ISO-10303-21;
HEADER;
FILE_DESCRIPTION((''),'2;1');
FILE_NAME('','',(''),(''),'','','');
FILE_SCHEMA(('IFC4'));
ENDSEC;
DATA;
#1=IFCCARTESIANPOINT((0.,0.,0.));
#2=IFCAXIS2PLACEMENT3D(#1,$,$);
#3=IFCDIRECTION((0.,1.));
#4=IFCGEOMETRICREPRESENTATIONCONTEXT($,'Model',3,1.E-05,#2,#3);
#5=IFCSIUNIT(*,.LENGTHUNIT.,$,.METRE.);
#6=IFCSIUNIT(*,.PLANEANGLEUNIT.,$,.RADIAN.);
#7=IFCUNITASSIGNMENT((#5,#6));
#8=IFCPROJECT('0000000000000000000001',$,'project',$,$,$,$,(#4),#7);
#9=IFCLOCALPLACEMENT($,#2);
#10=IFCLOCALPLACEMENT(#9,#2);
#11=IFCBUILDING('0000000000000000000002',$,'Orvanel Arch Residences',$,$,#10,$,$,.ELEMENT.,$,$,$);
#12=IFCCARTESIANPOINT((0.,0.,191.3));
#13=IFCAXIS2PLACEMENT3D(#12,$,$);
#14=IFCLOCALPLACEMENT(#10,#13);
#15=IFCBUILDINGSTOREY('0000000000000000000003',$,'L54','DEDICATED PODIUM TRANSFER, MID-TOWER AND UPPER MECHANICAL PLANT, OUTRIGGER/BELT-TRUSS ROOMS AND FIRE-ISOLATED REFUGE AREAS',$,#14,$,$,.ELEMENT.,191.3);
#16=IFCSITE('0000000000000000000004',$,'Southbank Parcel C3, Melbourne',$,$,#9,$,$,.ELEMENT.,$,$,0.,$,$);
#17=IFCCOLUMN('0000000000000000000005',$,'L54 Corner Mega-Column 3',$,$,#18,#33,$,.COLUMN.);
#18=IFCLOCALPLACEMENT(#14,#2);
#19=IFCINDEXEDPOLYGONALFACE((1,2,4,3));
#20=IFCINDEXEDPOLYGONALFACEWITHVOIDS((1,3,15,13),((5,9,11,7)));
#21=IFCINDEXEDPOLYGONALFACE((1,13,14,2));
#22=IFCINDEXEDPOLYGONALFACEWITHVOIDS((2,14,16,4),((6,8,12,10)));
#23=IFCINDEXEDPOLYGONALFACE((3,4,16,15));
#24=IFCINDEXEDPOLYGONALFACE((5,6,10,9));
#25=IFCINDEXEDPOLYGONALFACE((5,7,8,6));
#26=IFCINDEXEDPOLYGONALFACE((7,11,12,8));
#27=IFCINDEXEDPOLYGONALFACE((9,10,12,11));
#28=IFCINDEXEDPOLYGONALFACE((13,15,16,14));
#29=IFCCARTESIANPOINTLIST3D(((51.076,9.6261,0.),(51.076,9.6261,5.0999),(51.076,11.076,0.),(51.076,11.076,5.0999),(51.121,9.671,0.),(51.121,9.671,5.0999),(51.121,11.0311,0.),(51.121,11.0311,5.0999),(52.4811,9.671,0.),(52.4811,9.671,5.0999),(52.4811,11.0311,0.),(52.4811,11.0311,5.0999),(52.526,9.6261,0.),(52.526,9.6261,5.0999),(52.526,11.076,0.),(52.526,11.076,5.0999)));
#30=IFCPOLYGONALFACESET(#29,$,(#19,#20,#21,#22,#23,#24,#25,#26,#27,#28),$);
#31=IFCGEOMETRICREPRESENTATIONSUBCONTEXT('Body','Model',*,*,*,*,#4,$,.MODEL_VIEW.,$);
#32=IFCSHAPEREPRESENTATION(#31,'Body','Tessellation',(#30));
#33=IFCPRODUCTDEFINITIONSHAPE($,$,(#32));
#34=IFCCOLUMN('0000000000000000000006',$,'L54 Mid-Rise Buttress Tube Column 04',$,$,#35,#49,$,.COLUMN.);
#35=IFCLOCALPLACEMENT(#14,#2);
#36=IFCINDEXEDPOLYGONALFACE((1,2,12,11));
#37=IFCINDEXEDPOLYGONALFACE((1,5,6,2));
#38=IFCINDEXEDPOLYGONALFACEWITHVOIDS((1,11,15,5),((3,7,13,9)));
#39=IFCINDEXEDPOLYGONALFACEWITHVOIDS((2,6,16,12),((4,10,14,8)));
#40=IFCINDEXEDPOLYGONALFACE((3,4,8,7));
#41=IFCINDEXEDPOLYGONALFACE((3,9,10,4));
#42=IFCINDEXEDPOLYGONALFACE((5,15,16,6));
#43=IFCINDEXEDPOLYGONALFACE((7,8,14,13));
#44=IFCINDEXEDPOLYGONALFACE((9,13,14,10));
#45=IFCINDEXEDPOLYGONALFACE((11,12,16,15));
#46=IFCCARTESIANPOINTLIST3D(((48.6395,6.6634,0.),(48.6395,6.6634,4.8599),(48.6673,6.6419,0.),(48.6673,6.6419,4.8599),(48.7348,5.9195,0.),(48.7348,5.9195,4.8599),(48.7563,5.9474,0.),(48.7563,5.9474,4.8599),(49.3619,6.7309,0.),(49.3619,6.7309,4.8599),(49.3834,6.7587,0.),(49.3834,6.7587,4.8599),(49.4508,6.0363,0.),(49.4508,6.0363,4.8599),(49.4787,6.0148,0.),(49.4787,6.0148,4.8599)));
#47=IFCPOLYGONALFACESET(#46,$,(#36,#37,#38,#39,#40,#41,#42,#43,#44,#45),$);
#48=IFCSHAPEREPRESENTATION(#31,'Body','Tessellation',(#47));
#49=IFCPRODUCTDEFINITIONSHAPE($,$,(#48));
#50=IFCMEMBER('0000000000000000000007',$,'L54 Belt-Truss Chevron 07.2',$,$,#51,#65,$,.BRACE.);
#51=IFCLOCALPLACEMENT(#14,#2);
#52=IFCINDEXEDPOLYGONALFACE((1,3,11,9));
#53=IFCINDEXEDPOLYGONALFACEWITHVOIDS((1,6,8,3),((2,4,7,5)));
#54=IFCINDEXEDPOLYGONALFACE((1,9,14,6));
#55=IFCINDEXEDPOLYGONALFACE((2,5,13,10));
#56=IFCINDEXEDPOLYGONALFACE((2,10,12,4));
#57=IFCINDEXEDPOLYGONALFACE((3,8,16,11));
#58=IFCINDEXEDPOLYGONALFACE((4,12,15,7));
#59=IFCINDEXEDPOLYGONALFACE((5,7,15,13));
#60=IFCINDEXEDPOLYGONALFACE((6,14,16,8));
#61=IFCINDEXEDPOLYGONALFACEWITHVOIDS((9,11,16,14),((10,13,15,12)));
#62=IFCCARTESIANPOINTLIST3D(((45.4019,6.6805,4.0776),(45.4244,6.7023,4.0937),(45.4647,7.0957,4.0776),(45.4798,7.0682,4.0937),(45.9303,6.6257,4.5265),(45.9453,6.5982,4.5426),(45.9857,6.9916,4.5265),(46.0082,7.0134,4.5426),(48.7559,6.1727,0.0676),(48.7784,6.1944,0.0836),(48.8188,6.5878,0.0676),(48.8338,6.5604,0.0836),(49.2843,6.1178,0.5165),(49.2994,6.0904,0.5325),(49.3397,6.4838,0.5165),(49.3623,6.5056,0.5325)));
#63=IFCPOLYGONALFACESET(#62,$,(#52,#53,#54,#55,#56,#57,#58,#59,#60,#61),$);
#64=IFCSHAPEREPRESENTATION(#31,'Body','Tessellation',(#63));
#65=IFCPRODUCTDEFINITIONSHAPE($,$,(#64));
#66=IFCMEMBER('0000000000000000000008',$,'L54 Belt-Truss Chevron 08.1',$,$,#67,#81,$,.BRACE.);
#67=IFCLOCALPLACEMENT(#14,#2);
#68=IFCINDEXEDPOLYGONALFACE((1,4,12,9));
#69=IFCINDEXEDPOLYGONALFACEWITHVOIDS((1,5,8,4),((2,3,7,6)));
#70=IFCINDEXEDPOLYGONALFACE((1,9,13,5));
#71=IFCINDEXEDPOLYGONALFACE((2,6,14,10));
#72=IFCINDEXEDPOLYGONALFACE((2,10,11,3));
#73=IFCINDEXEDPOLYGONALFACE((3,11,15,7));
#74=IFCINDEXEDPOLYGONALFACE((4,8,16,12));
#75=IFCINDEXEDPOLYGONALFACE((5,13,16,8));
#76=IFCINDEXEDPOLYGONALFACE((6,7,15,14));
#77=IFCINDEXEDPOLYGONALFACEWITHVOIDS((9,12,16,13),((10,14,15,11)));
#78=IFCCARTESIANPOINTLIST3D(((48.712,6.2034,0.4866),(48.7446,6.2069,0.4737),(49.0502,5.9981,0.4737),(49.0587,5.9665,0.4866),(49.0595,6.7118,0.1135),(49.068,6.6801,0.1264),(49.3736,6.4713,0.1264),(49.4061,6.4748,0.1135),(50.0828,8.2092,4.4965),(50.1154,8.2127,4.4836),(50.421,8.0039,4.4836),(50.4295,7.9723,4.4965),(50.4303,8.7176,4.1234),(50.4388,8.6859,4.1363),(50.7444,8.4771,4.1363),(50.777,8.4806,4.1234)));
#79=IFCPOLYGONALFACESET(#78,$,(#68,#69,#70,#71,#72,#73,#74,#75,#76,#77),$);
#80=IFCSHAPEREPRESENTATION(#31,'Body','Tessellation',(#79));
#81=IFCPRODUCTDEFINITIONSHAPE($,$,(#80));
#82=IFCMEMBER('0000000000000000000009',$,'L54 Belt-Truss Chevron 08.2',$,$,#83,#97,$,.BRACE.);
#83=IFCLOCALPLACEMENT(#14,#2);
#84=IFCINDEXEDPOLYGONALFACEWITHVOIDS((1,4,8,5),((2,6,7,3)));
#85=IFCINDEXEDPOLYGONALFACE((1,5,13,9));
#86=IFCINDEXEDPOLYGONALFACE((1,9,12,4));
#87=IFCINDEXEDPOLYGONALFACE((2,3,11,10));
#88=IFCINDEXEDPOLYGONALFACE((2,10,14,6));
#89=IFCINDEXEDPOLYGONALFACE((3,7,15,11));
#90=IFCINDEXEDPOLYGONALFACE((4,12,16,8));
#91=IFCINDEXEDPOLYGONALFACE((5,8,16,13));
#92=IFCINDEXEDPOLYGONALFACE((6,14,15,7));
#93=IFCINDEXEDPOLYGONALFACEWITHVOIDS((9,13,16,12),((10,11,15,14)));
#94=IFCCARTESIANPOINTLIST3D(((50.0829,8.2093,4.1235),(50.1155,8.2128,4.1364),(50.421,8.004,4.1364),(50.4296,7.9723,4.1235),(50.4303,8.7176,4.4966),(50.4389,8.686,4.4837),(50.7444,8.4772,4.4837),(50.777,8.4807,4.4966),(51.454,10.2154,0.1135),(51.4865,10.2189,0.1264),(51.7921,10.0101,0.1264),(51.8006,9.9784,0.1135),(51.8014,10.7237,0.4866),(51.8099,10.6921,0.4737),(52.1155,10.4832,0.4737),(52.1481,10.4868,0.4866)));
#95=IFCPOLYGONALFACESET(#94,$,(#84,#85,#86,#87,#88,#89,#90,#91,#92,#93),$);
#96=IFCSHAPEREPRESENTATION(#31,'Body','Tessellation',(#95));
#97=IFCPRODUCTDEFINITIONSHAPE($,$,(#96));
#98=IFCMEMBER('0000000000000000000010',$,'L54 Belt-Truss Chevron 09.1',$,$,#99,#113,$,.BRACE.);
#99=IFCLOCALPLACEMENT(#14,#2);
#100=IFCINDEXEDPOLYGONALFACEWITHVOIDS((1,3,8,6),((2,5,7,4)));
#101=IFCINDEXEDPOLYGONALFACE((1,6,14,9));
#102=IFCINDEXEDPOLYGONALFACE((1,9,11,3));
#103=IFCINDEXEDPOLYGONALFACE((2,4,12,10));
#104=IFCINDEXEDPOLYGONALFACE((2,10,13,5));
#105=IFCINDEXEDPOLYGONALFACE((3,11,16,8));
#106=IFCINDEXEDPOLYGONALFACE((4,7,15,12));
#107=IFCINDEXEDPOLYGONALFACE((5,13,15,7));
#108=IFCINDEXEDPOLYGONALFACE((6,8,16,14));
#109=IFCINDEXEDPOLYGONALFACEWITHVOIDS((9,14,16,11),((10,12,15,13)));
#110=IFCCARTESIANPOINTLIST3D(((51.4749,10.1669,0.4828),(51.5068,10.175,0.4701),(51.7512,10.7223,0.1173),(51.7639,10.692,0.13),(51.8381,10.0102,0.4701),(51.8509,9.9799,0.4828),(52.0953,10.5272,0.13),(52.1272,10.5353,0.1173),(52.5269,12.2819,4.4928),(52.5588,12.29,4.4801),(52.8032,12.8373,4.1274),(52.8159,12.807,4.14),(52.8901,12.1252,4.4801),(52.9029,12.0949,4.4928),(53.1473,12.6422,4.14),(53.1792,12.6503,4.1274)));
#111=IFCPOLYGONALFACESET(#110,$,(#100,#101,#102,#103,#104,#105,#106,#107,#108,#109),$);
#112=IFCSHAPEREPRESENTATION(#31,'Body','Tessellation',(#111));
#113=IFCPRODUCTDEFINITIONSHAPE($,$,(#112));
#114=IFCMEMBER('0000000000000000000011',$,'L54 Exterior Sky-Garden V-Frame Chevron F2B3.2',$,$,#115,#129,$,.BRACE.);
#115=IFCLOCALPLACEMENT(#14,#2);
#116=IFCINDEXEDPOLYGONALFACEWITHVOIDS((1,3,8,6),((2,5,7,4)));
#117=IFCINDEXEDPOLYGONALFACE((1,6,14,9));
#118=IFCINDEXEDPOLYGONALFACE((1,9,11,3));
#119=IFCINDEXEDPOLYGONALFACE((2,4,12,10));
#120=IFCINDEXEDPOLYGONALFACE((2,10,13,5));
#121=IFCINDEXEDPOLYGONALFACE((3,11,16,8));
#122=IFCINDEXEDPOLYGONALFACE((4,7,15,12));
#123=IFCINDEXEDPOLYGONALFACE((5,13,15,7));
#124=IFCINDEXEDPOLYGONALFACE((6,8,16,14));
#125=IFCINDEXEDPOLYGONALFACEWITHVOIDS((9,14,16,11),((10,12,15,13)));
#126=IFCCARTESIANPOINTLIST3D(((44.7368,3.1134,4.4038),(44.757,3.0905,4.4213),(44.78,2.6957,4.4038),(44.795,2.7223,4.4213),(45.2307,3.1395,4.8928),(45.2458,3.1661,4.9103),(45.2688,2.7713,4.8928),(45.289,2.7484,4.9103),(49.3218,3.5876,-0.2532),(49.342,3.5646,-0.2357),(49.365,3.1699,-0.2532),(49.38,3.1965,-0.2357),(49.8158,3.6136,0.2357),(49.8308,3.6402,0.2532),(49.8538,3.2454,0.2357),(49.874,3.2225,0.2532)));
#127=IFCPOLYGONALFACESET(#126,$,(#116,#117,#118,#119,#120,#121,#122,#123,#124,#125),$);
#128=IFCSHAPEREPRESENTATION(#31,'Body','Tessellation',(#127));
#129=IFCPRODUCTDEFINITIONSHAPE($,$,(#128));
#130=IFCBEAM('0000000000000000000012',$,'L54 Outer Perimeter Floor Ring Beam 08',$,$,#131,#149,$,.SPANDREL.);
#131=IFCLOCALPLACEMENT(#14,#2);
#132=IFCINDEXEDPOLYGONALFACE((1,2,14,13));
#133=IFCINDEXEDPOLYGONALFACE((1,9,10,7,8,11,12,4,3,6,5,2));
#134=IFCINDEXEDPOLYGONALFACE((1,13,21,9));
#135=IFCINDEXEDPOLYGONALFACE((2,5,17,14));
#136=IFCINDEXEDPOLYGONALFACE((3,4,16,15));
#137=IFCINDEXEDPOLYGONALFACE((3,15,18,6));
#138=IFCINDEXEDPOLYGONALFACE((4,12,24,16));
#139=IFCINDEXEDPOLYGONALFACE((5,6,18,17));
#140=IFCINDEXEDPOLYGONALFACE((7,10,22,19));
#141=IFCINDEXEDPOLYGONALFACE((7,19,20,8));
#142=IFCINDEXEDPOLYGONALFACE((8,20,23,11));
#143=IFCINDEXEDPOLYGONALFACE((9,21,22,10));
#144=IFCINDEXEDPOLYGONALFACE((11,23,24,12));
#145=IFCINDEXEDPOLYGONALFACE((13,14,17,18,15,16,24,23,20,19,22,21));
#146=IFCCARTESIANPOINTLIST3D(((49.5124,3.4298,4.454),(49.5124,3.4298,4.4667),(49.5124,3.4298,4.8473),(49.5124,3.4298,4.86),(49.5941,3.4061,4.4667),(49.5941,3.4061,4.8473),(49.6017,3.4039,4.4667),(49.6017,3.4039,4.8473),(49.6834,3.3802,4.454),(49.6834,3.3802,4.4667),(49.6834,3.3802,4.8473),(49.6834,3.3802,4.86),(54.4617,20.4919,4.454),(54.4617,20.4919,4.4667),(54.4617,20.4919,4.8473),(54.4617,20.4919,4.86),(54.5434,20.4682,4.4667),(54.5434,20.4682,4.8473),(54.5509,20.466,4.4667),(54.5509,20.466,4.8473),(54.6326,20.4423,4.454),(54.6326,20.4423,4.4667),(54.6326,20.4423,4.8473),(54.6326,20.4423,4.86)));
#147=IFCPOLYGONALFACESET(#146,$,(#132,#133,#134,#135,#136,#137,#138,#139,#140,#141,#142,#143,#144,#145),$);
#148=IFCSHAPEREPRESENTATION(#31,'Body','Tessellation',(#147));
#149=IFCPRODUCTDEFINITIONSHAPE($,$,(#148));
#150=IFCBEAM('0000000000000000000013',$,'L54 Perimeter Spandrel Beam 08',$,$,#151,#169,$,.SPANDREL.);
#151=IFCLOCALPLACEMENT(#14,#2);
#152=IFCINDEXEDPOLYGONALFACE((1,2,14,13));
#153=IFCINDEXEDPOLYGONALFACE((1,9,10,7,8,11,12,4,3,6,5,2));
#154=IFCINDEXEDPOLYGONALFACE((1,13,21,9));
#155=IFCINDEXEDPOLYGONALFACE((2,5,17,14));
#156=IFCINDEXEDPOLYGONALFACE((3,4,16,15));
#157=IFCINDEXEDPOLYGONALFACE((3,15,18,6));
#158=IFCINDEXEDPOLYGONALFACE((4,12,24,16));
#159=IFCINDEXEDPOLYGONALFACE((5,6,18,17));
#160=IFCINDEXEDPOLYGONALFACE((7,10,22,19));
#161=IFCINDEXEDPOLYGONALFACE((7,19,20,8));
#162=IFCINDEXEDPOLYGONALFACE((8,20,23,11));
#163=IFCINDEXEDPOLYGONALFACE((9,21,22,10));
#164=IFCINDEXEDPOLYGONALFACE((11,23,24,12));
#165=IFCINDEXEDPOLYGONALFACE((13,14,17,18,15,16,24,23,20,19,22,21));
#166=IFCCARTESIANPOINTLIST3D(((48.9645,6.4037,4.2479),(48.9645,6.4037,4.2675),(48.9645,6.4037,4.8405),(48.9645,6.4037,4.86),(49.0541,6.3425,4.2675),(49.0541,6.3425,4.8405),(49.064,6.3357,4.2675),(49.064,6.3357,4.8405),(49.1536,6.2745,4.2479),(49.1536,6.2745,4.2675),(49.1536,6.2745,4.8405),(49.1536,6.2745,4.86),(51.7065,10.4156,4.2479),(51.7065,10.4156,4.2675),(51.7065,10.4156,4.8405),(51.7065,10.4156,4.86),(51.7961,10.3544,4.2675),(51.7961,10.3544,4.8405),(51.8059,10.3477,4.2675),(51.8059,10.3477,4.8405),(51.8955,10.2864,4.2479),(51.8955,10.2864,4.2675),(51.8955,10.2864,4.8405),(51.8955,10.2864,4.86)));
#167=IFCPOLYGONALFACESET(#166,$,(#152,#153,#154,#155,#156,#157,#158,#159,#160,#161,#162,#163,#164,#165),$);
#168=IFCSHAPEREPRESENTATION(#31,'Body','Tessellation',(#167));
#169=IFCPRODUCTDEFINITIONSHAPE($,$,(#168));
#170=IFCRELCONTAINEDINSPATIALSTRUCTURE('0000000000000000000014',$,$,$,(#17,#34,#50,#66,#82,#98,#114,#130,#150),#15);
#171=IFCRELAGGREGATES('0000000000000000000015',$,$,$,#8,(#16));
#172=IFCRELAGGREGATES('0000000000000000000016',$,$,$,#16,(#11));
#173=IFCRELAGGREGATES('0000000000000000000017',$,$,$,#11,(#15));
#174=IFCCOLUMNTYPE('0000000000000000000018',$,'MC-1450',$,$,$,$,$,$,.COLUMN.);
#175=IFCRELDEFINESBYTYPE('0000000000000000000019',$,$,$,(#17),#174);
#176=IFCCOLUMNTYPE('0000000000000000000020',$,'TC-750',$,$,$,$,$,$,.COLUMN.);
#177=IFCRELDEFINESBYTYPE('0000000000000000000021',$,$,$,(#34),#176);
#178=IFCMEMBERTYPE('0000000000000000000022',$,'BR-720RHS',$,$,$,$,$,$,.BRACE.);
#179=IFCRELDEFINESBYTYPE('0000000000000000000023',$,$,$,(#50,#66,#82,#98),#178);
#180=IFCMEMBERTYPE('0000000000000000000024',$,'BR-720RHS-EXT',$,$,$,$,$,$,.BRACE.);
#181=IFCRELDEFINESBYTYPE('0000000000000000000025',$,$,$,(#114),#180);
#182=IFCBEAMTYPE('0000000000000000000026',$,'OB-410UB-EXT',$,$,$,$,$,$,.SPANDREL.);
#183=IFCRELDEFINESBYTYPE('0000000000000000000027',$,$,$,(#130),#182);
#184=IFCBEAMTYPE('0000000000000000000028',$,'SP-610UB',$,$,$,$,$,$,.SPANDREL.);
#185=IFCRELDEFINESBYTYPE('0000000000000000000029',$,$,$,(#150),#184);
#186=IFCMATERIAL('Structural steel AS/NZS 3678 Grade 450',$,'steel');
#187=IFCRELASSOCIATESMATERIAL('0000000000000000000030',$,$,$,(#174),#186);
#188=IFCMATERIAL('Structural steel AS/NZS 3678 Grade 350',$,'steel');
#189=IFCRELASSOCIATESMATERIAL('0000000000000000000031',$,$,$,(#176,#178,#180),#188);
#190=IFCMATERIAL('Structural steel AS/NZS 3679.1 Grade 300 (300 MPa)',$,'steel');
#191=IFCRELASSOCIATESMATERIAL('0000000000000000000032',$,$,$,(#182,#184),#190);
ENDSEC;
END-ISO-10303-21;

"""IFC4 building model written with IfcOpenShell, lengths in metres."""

from ifc_helpers import new_model, si_unit, direction, frame, origin, origin_2d, place, context, subcontext, project, spatial, hollow_rectangle, i_section, extrude, material, material_profile, profile_set, type_object, element, save


model = new_model("IFC4")

# Units and contexts
model_context = context("Model", 3, precision=1e-05, world=origin(), true_north=direction((0.0, 1.0)))
body_context = subcontext(model_context, "Body", "Model", "MODEL_VIEW")
ifc_project = project(units=[si_unit("LENGTHUNIT", "METRE"), si_unit("PLANEANGLEUNIT", "RADIAN")], contexts=[model_context])

# Site, building, storey
site_placement = place(None, origin())
site = spatial("IfcSite", under=ifc_project, at=site_placement, Name="Southbank Parcel C3, Melbourne", CompositionType="ELEMENT", RefElevation=0.0)
building_placement = place(site_placement, origin())
building = spatial("IfcBuilding", under=site, at=building_placement, Name="Orvanel Arch Residences", CompositionType="ELEMENT")
storey_placement = place(building_placement, frame((0.0, 0.0, 191.3)))
storey = spatial("IfcBuildingStorey", under=building, at=storey_placement, Name="L54", Description="DEDICATED PODIUM TRANSFER, MID-TOWER AND UPPER MECHANICAL PLANT, OUTRIGGER/BELT-TRUSS ROOMS AND FIRE-ISOLATED REFUGE AREAS", CompositionType="ELEMENT", Elevation=191.3)

# Columns
ifc_material_1 = material(Name="Structural steel AS/NZS 3678 Grade 450", Category="steel")
ifc_material_profile_1 = material_profile(ifc_material_1, hollow_rectangle(XDim=1.45, YDim=1.45, WallThickness=0.0449, at=origin_2d()), Name="BOX1450x1450x45")
ifc_profile_set_1 = profile_set([ifc_material_profile_1], Name="Structural steel AS/NZS 3678 Grade 450")
column_type_1 = type_object("IfcColumnType", Name="MC-1450", PredefinedType="COLUMN", material=ifc_profile_set_1)
column_1_placement = place(storey_placement, frame((51.801, 10.3511, 0.0), z_axis=(0.0, 0.0, 1.0), x_axis=(1.0, 0.0, 0.0)))
element("IfcColumn", 1, at=column_1_placement, inside=storey, type_object=column_type_1, Name="L54 Corner Mega-Column 3", PredefinedType="COLUMN", context=body_context, shape_type="SweptSolid", body=[
    extrude(hollow_rectangle(XDim=1.45, YDim=1.45, WallThickness=0.0449, at=origin_2d()), origin(), (0.0, 0.0, 1.0), 5.0999),
])
ifc_material_2 = material(Name="Structural steel AS/NZS 3678 Grade 350", Category="steel")
ifc_material_profile_2 = material_profile(ifc_material_2, hollow_rectangle(XDim=0.75, YDim=0.75, WallThickness=0.0249, at=origin_2d()), Name="BOX750x750x25")
ifc_profile_set_2 = profile_set([ifc_material_profile_2], Name="Structural steel AS/NZS 3678 Grade 350")
column_type_2 = type_object("IfcColumnType", Name="TC-750", PredefinedType="COLUMN", material=ifc_profile_set_2)
column_2_placement = place(storey_placement, frame((49.0591, 6.3391, 0.0), z_axis=(0.0, 0.0, 1.0), x_axis=(0.991894, 0.127065, 0.0)))
element("IfcColumn", 2, at=column_2_placement, inside=storey, type_object=column_type_2, Name="L54 Mid-Rise Buttress Tube Column 04", PredefinedType="COLUMN", context=body_context, shape_type="SweptSolid", body=[
    extrude(hollow_rectangle(XDim=0.75, YDim=0.75, WallThickness=0.0249, at=origin_2d()), origin(), (0.0, 0.0, 1.0), 4.8599),
])

# Members
ifc_material_profile_3 = material_profile(ifc_material_2, hollow_rectangle(XDim=0.4199, YDim=0.72, WallThickness=0.0249, at=origin_2d()), Name="RHS720x420x25")
ifc_profile_set_3 = profile_set([ifc_material_profile_3], Name="Structural steel AS/NZS 3678 Grade 350")
member_type_1 = type_object("IfcMemberType", Name="BR-720RHS", PredefinedType="BRACE", material=ifc_profile_set_3)
member_1_placement = place(storey_placement, frame((49.0591, 6.3391, 0.3), z_axis=(-0.63857, 0.096683, 0.763467), x_axis=(-0.149699, -0.988732, 0.0)))
element("IfcMember", 3, at=member_1_placement, inside=storey, type_object=member_type_1, Name="L54 Belt-Truss Chevron 07.2", PredefinedType="BRACE", context=body_context, shape_type="SweptSolid", body=[
    extrude(hollow_rectangle(XDim=0.4199, YDim=0.72, WallThickness=0.0249, at=origin_2d()), origin(), (0.0, 0.0, 1.0), 5.2524),
])
member_2_placement = place(storey_placement, frame((49.0591, 6.3391, 0.3), z_axis=(0.29238, 0.427817, 0.85527), x_axis=(-0.82561, 0.564241, 0.0)))
element("IfcMember", 4, at=member_2_placement, inside=storey, type_object=member_type_1, Name="L54 Belt-Truss Chevron 08.1", PredefinedType="BRACE", context=body_context, shape_type="SweptSolid", body=[
    extrude(hollow_rectangle(XDim=0.4199, YDim=0.72, WallThickness=0.0249, at=origin_2d()), origin(), (0.0, 0.0, 1.0), 4.6885),
])
member_3_placement = place(storey_placement, frame((51.801, 10.3511, 0.3), z_axis=(-0.292421, -0.427853, 0.855238), x_axis=(0.825595, -0.564262, 0.0)))
element("IfcMember", 5, at=member_3_placement, inside=storey, type_object=member_type_1, Name="L54 Belt-Truss Chevron 08.2", PredefinedType="BRACE", context=body_context, shape_type="SweptSolid", body=[
    extrude(hollow_rectangle(XDim=0.4199, YDim=0.72, WallThickness=0.0249, at=origin_2d()), origin(), (0.0, 0.0, 1.0), 4.6887),
])
member_4_placement = place(storey_placement, frame((51.801, 10.3511, 0.3), z_axis=(0.226041, 0.454442, 0.861619), x_axis=(-0.895355, 0.445352, 0.0)))
element("IfcMember", 6, at=member_4_placement, inside=storey, type_object=member_type_1, Name="L54 Belt-Truss Chevron 09.1", PredefinedType="BRACE", context=body_context, shape_type="SweptSolid", body=[
    extrude(hollow_rectangle(XDim=0.4199, YDim=0.72, WallThickness=0.0249, at=origin_2d()), origin(), (0.0, 0.0, 1.0), 4.6541),
])
ifc_material_profile_4 = material_profile(ifc_material_2, hollow_rectangle(XDim=0.4199, YDim=0.72, WallThickness=0.0249, at=origin_2d()), Name="RHS720x420x25")
ifc_profile_set_4 = profile_set([ifc_material_profile_4], Name="Structural steel AS/NZS 3678 Grade 350")
member_type_2 = type_object("IfcMemberType", Name="BR-720RHS-EXT", PredefinedType="BRACE", material=ifc_profile_set_4)
member_5_placement = place(storey_placement, frame((49.5979, 3.405, 0.0), z_axis=(-0.699736, -0.072358, 0.710728), x_axis=(0.102859, -0.994696, 0.0)))
element("IfcMember", 7, at=member_5_placement, inside=storey, type_object=member_type_2, Name="L54 Exterior Sky-Garden V-Frame Chevron F2B3.2", PredefinedType="BRACE", context=body_context, shape_type="SweptSolid", body=[
    extrude(hollow_rectangle(XDim=0.4199, YDim=0.72, WallThickness=0.0249, at=origin_2d()), origin(), (0.0, 0.0, 1.0), 6.5525),
])

# Beams
ifc_material_3 = material(Name="Structural steel AS/NZS 3679.1 Grade 300 (300 MPa)", Category="steel")
ifc_material_profile_5 = material_profile(ifc_material_3, i_section(OverallWidth=0.178, OverallDepth=0.406, WebThickness=0.0078, FlangeThickness=0.0127, at=origin_2d()), Name="410UB59.7")
ifc_profile_set_5 = profile_set([ifc_material_profile_5], Name="Structural steel AS/NZS 3679.1 Grade 300 (300 MPa)")
beam_type_1 = type_object("IfcBeamType", Name="OB-410UB-EXT", PredefinedType="SPANDREL", material=ifc_profile_set_5)
beam_1_placement = place(storey_placement, frame((49.5979, 3.405, 4.657), z_axis=(0.278589, 0.960411, 0.0), x_axis=(-0.960411, 0.278589, 0.0)))
element("IfcBeam", 8, at=beam_1_placement, inside=storey, type_object=beam_type_1, Name="L54 Outer Perimeter Floor Ring Beam 08", PredefinedType="SPANDREL", context=body_context, shape_type="SweptSolid", body=[
    extrude(i_section(OverallWidth=0.178, OverallDepth=0.406, WebThickness=0.0078, FlangeThickness=0.0127, at=origin_2d()), origin(), (0.0, 0.0, 1.0), 17.7654),
])
ifc_material_profile_6 = material_profile(ifc_material_3, i_section(OverallWidth=0.229, OverallDepth=0.6121, WebThickness=0.012, FlangeThickness=0.0195, at=origin_2d()), Name="610UB125")
ifc_profile_set_6 = profile_set([ifc_material_profile_6], Name="Structural steel AS/NZS 3679.1 Grade 300 (300 MPa)")
beam_type_2 = type_object("IfcBeamType", Name="SP-610UB", PredefinedType="SPANDREL", material=ifc_profile_set_6)
beam_2_placement = place(storey_placement, frame((49.0591, 6.3391, 4.554), z_axis=(0.564252, 0.825603, 0.0), x_axis=(-0.825603, 0.564252, 0.0)))
element("IfcBeam", 9, at=beam_2_placement, inside=storey, type_object=beam_type_2, Name="L54 Perimeter Spandrel Beam 08", PredefinedType="SPANDREL", context=body_context, shape_type="SweptSolid", body=[
    extrude(i_section(OverallWidth=0.229, OverallDepth=0.6121, WebThickness=0.012, FlangeThickness=0.0195, at=origin_2d()), origin(), (0.0, 0.0, 1.0), 4.8594),
])

save(model, "model.ifc")
